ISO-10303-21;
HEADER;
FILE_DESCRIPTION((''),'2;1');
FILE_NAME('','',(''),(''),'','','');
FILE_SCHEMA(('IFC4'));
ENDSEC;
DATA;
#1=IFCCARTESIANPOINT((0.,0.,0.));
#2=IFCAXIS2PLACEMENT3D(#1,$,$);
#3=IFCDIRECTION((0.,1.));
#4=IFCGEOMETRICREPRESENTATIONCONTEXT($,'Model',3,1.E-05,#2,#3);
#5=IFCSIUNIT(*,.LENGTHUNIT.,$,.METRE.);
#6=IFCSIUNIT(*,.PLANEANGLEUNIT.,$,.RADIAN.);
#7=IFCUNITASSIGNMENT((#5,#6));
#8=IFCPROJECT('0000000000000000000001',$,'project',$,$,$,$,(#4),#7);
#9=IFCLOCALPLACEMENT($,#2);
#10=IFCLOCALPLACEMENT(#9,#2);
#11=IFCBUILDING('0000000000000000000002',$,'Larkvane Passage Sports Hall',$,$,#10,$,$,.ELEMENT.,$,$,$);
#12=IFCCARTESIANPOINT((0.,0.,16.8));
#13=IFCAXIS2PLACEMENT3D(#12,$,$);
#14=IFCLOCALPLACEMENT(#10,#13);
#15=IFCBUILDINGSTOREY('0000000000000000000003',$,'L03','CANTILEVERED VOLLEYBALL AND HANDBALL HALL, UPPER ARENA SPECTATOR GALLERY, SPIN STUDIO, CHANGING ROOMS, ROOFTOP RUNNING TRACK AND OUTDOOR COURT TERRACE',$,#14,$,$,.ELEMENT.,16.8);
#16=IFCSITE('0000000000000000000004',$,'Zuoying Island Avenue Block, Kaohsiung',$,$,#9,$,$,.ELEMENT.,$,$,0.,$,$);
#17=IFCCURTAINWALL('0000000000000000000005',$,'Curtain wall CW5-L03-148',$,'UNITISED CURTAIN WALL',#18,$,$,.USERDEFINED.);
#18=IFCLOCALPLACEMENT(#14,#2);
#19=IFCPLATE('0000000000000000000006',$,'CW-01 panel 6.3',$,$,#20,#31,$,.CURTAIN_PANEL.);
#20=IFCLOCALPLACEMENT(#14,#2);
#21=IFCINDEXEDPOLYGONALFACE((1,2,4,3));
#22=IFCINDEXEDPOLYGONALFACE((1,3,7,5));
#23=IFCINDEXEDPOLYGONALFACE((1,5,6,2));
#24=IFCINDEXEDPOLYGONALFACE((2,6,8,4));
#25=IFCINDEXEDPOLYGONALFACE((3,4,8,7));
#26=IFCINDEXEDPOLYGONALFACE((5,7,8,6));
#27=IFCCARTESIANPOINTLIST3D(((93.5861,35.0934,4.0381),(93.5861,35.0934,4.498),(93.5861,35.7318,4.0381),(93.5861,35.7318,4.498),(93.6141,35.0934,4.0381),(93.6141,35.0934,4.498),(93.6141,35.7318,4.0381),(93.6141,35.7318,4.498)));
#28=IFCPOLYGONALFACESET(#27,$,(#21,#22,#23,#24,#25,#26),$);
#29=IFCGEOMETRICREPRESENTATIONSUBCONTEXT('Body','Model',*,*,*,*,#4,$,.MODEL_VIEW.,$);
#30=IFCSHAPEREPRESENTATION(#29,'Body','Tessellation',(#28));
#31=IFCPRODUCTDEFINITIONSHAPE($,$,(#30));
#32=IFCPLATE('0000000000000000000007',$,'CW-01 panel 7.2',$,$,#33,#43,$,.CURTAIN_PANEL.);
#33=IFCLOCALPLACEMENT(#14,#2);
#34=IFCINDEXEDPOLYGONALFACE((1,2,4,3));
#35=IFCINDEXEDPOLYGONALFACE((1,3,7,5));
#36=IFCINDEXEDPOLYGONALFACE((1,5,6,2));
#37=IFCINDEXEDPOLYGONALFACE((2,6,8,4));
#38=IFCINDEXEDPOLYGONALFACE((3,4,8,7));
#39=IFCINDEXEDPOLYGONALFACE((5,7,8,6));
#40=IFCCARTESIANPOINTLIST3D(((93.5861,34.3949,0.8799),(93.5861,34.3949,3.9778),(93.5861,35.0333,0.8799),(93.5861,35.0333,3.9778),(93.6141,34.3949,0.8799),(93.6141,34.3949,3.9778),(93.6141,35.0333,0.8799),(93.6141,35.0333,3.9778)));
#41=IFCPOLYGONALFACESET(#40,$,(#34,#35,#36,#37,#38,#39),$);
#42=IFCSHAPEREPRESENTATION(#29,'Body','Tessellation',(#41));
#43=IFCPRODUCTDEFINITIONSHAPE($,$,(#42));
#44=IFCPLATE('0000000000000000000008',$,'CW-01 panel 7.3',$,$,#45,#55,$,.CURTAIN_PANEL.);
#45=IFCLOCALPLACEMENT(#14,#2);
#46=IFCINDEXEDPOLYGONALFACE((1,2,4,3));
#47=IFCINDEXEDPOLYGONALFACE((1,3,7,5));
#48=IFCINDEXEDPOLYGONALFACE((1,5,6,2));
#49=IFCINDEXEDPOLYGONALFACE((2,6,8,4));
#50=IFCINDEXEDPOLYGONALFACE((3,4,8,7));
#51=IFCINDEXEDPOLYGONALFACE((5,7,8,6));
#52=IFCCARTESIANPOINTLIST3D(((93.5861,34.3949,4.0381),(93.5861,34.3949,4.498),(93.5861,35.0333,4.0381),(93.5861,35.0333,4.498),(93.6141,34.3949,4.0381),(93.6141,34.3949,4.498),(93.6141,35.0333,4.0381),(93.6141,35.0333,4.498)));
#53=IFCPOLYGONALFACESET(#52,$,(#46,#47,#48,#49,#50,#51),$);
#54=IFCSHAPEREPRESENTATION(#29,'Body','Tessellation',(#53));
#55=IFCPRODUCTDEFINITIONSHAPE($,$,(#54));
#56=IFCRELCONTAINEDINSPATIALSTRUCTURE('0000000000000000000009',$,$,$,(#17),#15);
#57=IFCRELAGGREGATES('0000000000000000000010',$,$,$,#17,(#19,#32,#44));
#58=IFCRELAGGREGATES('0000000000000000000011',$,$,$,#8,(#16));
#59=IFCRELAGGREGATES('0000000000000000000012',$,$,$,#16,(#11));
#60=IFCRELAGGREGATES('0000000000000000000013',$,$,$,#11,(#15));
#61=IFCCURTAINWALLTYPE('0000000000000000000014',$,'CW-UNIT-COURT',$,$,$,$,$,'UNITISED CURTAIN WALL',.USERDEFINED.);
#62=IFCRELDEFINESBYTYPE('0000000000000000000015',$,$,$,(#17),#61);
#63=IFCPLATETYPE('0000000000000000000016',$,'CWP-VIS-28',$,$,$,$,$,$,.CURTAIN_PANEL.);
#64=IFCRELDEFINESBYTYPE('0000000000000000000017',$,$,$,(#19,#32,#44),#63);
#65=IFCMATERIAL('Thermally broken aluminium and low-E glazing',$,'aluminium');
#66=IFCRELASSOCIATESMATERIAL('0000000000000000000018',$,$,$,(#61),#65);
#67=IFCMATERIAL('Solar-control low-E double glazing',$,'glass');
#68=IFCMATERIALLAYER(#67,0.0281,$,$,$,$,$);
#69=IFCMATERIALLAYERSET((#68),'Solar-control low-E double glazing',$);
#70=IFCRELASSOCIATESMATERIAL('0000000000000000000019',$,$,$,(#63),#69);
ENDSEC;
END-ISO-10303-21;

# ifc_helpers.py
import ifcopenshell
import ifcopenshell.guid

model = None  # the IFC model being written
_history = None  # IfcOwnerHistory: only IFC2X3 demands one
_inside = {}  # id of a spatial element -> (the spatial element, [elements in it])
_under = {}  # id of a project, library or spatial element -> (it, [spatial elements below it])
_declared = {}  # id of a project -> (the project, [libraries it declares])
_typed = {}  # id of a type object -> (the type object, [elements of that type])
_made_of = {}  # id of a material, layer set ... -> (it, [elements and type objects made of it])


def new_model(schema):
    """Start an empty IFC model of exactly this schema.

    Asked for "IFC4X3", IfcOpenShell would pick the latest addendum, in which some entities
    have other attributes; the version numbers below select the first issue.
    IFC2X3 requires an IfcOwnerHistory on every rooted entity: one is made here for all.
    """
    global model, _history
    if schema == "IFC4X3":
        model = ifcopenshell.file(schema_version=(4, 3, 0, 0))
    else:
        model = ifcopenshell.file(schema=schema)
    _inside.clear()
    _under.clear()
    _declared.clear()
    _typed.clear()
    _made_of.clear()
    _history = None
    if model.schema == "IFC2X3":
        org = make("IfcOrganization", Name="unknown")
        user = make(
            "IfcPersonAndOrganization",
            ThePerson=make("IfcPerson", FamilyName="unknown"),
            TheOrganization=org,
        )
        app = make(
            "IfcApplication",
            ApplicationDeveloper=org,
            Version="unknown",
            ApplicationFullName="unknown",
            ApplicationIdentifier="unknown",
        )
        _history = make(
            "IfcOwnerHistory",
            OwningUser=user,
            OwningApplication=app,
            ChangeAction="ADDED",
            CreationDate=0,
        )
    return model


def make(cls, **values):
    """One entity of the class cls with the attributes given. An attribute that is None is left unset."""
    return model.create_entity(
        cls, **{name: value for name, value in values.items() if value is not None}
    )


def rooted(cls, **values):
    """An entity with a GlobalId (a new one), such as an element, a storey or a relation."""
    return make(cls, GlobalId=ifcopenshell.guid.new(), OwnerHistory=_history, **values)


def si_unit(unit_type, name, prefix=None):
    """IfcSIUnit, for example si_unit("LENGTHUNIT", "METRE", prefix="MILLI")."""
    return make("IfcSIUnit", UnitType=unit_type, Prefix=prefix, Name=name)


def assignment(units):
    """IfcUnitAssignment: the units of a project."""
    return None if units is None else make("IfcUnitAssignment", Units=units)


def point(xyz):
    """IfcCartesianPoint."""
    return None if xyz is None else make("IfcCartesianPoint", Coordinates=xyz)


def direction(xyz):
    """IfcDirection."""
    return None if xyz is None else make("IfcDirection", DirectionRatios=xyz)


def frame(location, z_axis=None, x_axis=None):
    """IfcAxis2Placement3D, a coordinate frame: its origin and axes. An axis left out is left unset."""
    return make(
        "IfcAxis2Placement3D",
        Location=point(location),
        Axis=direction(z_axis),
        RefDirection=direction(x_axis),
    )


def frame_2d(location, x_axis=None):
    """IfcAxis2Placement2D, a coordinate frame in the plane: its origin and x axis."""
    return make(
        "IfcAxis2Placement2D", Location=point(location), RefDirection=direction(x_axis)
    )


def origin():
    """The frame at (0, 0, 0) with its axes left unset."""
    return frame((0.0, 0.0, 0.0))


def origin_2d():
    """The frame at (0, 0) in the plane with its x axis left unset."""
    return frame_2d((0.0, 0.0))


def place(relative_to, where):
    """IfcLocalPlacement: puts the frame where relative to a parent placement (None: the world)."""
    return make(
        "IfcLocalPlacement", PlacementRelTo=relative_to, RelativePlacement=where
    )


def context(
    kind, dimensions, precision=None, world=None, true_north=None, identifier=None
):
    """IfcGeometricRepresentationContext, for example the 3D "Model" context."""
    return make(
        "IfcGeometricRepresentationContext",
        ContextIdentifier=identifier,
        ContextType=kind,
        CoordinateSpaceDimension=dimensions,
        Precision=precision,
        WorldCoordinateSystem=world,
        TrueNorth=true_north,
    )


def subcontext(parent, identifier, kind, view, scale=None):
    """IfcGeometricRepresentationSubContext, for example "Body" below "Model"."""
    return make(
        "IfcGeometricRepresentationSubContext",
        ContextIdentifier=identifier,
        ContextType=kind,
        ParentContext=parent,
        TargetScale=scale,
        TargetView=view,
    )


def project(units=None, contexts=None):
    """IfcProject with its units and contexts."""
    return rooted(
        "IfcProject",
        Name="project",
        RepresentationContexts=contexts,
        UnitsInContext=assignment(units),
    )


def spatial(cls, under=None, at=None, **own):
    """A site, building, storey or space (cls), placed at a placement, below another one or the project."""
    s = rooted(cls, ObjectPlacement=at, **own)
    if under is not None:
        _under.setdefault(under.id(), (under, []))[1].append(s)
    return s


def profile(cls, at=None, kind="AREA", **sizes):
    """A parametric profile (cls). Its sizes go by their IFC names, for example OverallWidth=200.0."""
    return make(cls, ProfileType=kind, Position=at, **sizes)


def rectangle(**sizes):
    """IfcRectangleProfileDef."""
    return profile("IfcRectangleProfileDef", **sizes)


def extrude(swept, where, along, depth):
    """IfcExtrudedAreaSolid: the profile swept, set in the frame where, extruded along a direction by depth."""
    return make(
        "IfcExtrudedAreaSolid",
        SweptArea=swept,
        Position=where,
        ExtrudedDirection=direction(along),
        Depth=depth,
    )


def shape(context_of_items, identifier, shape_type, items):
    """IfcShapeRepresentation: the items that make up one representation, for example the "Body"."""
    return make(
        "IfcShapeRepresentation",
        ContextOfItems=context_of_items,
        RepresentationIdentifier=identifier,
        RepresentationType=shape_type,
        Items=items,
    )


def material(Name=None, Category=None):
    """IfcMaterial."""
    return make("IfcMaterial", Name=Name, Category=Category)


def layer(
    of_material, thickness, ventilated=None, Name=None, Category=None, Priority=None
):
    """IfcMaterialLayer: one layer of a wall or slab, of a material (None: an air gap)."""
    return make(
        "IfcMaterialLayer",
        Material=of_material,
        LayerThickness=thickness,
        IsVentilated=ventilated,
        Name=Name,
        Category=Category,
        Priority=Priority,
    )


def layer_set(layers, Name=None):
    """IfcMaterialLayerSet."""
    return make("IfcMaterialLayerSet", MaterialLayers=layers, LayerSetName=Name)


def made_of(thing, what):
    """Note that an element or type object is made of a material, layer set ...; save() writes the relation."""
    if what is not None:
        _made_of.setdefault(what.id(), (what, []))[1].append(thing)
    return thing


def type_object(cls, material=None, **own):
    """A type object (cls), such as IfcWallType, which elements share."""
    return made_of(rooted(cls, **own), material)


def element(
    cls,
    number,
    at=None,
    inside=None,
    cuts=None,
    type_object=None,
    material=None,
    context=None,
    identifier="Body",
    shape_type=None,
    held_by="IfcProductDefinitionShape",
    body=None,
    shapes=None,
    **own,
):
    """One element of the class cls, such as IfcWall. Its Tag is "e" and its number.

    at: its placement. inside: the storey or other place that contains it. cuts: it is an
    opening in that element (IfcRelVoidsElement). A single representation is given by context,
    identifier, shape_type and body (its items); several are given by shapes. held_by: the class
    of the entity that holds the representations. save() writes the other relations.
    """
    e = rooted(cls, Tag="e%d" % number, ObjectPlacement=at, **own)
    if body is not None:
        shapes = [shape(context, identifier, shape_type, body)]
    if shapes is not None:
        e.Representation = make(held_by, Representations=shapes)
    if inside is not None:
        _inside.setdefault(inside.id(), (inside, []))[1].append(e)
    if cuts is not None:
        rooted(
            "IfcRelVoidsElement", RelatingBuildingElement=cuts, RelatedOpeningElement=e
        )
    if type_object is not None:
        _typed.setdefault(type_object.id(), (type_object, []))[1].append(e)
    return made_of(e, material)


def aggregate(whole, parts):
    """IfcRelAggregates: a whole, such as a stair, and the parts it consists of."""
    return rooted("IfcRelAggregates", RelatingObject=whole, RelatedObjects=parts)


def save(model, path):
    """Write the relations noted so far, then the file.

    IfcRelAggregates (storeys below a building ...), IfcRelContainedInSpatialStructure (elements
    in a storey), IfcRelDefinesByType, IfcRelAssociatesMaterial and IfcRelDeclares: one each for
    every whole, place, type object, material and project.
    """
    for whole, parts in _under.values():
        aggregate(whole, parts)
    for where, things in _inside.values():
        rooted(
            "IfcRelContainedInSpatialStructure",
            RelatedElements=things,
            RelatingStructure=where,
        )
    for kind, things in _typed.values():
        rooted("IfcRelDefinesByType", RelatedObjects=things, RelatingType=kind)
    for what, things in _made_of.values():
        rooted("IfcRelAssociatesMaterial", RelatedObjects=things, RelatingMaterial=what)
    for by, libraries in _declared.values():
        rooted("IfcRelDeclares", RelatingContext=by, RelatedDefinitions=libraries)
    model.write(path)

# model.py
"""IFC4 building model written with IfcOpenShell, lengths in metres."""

from ifc_helpers import new_model, si_unit, direction, frame, origin, origin_2d, place, context, subcontext, project, spatial, rectangle, extrude, material, layer, layer_set, type_object, element, aggregate, save


model = new_model("IFC4")

# Units and contexts
model_context = context("Model", 3, precision=1e-05, world=origin(), true_north=direction((0.0, 1.0)))
body_context = subcontext(model_context, "Body", "Model", "MODEL_VIEW")
ifc_project = project(units=[si_unit("LENGTHUNIT", "METRE"), si_unit("PLANEANGLEUNIT", "RADIAN")], contexts=[model_context])

# Site, building, storey
site_placement = place(None, origin())
site = spatial("IfcSite", under=ifc_project, at=site_placement, Name="Zuoying Island Avenue Block, Kaohsiung", CompositionType="ELEMENT", RefElevation=0.0)
building_placement = place(site_placement, origin())
building = spatial("IfcBuilding", under=site, at=building_placement, Name="Larkvane Passage Sports Hall", CompositionType="ELEMENT")
storey_placement = place(building_placement, frame((0.0, 0.0, 16.8)))
storey = spatial("IfcBuildingStorey", under=building, at=storey_placement, Name="L03", Description="CANTILEVERED VOLLEYBALL AND HANDBALL HALL, UPPER ARENA SPECTATOR GALLERY, SPIN STUDIO, CHANGING ROOMS, ROOFTOP RUNNING TRACK AND OUTDOOR COURT TERRACE", CompositionType="ELEMENT", Elevation=16.8)

# Curtain wall, plates
ifc_material_1 = material(Name="Thermally broken aluminium and low-E glazing", Category="aluminium")
curtain_wall_type = type_object("IfcCurtainWallType", Name="CW-UNIT-COURT", ElementType="UNITISED CURTAIN WALL", PredefinedType="USERDEFINED", material=ifc_material_1)
curtain_wall_placement = place(storey_placement, origin())
curtain_wall = element("IfcCurtainWall", 1, at=curtain_wall_placement, inside=storey, type_object=curtain_wall_type, Name="Curtain wall CW5-L03-148", ObjectType="UNITISED CURTAIN WALL", PredefinedType="USERDEFINED")
ifc_material_2 = material(Name="Solar-control low-E double glazing", Category="glass")
ifc_layer_1 = layer(ifc_material_2, 0.0281)
ifc_layer_set_1 = layer_set([ifc_layer_1], Name="Solar-control low-E double glazing")
plate_type_1 = type_object("IfcPlateType", Name="CWP-VIS-28", PredefinedType="CURTAIN_PANEL", material=ifc_layer_set_1)
plate_1_placement = place(storey_placement, frame((93.6001, 35.4126, 4.0381), z_axis=(0.0, 0.0, 1.0), x_axis=(0.0, -1.0, 0.0)))
plate_1 = element("IfcPlate", 2, at=plate_1_placement, type_object=plate_type_1, Name="CW-01 panel 6.3", PredefinedType="CURTAIN_PANEL", context=body_context, shape_type="SweptSolid", body=[
    extrude(rectangle(XDim=0.6384, YDim=0.0281, at=origin_2d()), origin(), (0.0, 0.0, 1.0), 0.46),
])
plate_2_placement = place(storey_placement, frame((93.6001, 34.7141, 0.8799), z_axis=(0.0, 0.0, 1.0), x_axis=(0.0, -1.0, 0.0)))
plate_2 = element("IfcPlate", 3, at=plate_2_placement, type_object=plate_type_1, Name="CW-01 panel 7.2", PredefinedType="CURTAIN_PANEL", context=body_context, shape_type="SweptSolid", body=[
    extrude(rectangle(XDim=0.6384, YDim=0.0281, at=origin_2d()), origin(), (0.0, 0.0, 1.0), 3.0979),
])
plate_3_placement = place(storey_placement, frame((93.6001, 34.7141, 4.0381), z_axis=(0.0, 0.0, 1.0), x_axis=(0.0, -1.0, 0.0)))
plate_3 = element("IfcPlate", 4, at=plate_3_placement, type_object=plate_type_1, Name="CW-01 panel 7.3", PredefinedType="CURTAIN_PANEL", context=body_context, shape_type="SweptSolid", body=[
    extrude(rectangle(XDim=0.6384, YDim=0.0281, at=origin_2d()), origin(), (0.0, 0.0, 1.0), 0.46),
])
aggregate(curtain_wall, [plate_1, plate_2, plate_3])

save(model, "model.ifc")
